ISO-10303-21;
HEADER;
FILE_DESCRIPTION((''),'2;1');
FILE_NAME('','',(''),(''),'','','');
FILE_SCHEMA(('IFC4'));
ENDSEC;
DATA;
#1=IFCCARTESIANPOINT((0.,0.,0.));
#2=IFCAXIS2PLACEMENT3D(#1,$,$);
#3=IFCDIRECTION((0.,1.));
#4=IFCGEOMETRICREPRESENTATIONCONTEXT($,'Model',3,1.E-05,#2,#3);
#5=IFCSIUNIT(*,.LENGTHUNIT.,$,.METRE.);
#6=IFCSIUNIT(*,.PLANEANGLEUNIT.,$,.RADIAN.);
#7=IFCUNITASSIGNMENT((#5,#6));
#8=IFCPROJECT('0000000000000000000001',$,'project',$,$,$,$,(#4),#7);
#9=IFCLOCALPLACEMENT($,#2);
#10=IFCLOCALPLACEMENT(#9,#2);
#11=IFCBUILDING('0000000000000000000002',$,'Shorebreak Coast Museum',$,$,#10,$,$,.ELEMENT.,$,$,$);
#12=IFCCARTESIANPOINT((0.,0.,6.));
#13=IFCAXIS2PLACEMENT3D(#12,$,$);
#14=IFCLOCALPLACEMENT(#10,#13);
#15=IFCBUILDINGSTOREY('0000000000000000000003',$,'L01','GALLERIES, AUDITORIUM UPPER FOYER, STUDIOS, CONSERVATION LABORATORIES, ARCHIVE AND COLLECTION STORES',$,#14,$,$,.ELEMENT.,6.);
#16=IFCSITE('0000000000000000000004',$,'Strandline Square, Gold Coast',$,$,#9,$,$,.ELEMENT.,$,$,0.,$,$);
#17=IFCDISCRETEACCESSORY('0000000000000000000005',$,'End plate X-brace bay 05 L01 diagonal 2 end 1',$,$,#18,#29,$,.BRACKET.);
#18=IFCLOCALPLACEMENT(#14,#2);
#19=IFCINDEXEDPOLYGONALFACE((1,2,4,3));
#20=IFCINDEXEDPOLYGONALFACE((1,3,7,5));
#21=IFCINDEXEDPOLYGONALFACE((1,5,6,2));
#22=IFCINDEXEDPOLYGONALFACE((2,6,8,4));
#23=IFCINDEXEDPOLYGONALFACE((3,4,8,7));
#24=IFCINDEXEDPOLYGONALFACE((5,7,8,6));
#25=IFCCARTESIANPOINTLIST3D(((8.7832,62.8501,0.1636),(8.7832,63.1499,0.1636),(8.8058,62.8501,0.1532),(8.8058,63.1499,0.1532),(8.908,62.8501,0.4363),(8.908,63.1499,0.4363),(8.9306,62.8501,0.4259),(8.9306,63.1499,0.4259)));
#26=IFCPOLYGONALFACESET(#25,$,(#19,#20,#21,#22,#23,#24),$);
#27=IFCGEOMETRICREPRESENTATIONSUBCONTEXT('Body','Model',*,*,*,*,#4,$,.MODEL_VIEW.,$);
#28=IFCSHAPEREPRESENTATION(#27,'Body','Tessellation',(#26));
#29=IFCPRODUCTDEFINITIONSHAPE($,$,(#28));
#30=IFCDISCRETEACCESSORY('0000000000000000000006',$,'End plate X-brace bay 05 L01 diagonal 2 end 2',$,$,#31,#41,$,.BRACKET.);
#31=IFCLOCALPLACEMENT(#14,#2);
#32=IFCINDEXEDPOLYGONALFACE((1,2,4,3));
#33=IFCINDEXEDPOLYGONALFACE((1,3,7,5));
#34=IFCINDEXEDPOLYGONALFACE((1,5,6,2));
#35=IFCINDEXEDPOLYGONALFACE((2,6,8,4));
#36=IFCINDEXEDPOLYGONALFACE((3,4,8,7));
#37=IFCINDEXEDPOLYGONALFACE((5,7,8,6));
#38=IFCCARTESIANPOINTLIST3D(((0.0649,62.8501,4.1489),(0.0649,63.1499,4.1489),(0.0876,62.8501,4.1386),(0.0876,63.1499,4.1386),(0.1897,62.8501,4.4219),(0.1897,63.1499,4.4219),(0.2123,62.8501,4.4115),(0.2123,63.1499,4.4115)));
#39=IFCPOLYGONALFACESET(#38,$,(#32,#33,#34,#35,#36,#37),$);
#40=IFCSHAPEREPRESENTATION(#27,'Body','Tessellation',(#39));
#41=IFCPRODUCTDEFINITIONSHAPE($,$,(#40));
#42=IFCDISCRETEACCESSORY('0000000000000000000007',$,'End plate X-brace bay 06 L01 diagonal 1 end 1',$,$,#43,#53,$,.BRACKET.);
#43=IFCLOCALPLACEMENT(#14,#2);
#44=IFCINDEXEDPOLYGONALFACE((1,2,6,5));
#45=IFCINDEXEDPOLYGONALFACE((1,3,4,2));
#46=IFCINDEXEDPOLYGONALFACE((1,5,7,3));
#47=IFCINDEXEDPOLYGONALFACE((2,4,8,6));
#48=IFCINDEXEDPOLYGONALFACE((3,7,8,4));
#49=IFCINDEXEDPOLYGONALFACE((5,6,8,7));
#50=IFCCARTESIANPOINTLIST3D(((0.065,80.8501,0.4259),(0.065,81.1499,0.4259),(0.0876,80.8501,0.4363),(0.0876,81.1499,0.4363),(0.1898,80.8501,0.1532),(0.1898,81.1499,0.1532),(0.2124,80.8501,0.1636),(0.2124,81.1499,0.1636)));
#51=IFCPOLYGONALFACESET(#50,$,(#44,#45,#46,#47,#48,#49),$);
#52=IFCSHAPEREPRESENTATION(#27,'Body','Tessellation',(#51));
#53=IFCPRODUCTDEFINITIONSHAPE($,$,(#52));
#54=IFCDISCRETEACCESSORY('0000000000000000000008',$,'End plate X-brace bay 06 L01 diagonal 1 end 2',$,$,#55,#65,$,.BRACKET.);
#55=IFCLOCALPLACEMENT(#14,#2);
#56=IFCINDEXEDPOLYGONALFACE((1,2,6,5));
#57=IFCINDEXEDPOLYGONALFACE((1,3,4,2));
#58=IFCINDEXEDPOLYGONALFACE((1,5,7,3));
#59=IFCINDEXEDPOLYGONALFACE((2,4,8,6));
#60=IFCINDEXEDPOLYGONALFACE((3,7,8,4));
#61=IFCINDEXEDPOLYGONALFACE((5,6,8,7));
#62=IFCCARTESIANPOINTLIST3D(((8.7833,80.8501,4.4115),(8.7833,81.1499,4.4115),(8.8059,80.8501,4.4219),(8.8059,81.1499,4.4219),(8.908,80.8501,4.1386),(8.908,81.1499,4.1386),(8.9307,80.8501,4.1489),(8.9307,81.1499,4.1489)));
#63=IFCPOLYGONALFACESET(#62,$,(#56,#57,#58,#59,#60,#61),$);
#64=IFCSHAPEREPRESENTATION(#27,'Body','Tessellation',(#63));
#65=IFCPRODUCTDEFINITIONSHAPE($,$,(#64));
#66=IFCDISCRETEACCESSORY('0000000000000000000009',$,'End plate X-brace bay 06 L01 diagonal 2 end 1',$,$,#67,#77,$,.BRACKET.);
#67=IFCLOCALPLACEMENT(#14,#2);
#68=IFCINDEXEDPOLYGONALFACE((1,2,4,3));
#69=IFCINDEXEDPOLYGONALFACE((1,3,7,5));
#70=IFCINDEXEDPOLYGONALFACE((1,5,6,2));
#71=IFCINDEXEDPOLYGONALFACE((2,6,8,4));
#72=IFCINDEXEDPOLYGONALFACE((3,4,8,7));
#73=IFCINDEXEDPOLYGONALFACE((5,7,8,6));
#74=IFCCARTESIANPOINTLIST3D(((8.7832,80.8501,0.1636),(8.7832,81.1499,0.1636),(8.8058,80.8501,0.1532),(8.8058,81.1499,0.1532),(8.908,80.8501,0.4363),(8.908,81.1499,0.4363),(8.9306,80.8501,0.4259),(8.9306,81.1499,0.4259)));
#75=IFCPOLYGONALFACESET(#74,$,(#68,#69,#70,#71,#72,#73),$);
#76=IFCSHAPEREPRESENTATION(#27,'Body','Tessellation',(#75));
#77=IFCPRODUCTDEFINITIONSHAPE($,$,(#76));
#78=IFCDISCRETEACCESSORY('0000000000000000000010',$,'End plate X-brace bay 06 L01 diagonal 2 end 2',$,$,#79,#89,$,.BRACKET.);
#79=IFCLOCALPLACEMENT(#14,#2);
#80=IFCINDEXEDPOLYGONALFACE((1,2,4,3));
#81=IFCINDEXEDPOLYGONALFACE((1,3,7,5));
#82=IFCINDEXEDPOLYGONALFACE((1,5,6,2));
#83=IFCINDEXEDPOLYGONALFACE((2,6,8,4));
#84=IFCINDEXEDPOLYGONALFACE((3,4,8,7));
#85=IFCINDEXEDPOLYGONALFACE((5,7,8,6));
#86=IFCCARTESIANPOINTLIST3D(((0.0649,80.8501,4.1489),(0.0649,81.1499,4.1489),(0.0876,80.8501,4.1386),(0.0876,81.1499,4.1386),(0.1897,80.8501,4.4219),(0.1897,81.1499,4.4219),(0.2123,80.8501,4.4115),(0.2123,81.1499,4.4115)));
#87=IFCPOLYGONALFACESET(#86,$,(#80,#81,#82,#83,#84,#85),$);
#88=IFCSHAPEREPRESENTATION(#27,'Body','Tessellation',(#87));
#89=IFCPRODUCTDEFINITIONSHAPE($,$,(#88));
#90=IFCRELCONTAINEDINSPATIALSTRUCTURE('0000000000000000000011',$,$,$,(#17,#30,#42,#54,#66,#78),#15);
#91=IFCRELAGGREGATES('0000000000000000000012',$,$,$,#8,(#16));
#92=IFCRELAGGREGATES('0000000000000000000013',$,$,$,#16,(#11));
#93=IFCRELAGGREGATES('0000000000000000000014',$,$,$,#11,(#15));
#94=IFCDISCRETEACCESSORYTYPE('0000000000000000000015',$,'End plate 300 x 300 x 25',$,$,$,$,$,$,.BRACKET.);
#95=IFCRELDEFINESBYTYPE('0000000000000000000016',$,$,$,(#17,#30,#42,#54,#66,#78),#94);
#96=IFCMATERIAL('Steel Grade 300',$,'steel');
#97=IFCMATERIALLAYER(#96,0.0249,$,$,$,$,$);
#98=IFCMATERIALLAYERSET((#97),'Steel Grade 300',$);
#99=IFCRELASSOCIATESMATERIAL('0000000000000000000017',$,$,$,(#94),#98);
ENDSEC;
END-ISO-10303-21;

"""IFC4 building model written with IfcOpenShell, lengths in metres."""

from ifc_helpers import new_model, si_unit, direction, frame, origin, place, context, subcontext, project, spatial, polyline, outline, extrude, material, layer, layer_set, type_object, element, save


model = new_model("IFC4")

# Units and contexts
model_context = context("Model", 3, precision=1e-05, world=origin(), true_north=direction((0.0, 1.0)))
body_context = subcontext(model_context, "Body", "Model", "MODEL_VIEW")
ifc_project = project(units=[si_unit("LENGTHUNIT", "METRE"), si_unit("PLANEANGLEUNIT", "RADIAN")], contexts=[model_context])

# Site, building, storey
site_placement = place(None, origin())
site = spatial("IfcSite", under=ifc_project, at=site_placement, Name="Strandline Square, Gold Coast", CompositionType="ELEMENT", RefElevation=0.0)
building_placement = place(site_placement, origin())
building = spatial("IfcBuilding", under=site, at=building_placement, Name="Shorebreak Coast Museum", CompositionType="ELEMENT")
storey_placement = place(building_placement, frame((0.0, 0.0, 6.0)))
storey = spatial("IfcBuildingStorey", under=building, at=storey_placement, Name="L01", Description="GALLERIES, AUDITORIUM UPPER FOYER, STUDIOS, CONSERVATION LABORATORIES, ARCHIVE AND COLLECTION STORES", CompositionType="ELEMENT", Elevation=6.0)

# Discrete accessories
ifc_material_1 = material(Name="Steel Grade 300", Category="steel")
ifc_layer_1 = layer(ifc_material_1, 0.0249)
ifc_layer_set_1 = layer_set([ifc_layer_1], Name="Steel Grade 300")
discrete_accessory_type = type_object("IfcDiscreteAccessoryType", Name="End plate 300 x 300 x 25", PredefinedType="BRACKET", material=ifc_layer_set_1)
discrete_accessory_1_placement = place(storey_placement, frame((8.7832, 63.1499, 0.1636), z_axis=(-0.90936, 0.0, 0.41601), x_axis=(0.0, -1.0, 0.0)))
element("IfcDiscreteAccessory", 1, at=discrete_accessory_1_placement, inside=storey, type_object=discrete_accessory_type, Name="End plate X-brace bay 05 L01 diagonal 2 end 1", PredefinedType="BRACKET", context=body_context, shape_type="SweptSolid", body=[
    extrude(outline(polyline([(0.0, 0.0), (0.2998, 0.0), (0.2998, 0.2999), (0.0, 0.2999), (0.0, 0.0)])), origin(), (0.0, 0.0, -1.0), 0.0249),
])
discrete_accessory_2_placement = place(storey_placement, frame((0.0649, 63.1499, 4.1489), z_axis=(-0.909501, 0.0, 0.415702), x_axis=(0.0, -1.0, 0.0)))
element("IfcDiscreteAccessory", 2, at=discrete_accessory_2_placement, inside=storey, type_object=discrete_accessory_type, Name="End plate X-brace bay 05 L01 diagonal 2 end 2", PredefinedType="BRACKET", context=body_context, shape_type="SweptSolid", body=[
    extrude(outline(polyline([(0.0, 0.0), (0.2998, 0.0), (0.2998, 0.3001), (0.0, 0.3001), (0.0, 0.0)])), origin(), (0.0, 0.0, -1.0), 0.0249),
])
discrete_accessory_3_placement = place(storey_placement, frame((0.2124, 80.8501, 0.1636), z_axis=(0.90936, 0.0, 0.41601), x_axis=(0.0, 1.0, 0.0)))
element("IfcDiscreteAccessory", 3, at=discrete_accessory_3_placement, inside=storey, type_object=discrete_accessory_type, Name="End plate X-brace bay 06 L01 diagonal 1 end 1", PredefinedType="BRACKET", context=body_context, shape_type="SweptSolid", body=[
    extrude(outline(polyline([(0.0, 0.0), (0.2998, 0.0), (0.2998, 0.2999), (0.0, 0.2999), (0.0, 0.0)])), origin(), (0.0, 0.0, -1.0), 0.0249),
])
discrete_accessory_4_placement = place(storey_placement, frame((8.9307, 80.8501, 4.1489), z_axis=(0.909501, 0.0, 0.415702), x_axis=(0.0, 1.0, 0.0)))
element("IfcDiscreteAccessory", 4, at=discrete_accessory_4_placement, inside=storey, type_object=discrete_accessory_type, Name="End plate X-brace bay 06 L01 diagonal 1 end 2", PredefinedType="BRACKET", context=body_context, shape_type="SweptSolid", body=[
    extrude(outline(polyline([(0.0, 0.0), (0.2998, 0.0), (0.2998, 0.3001), (0.0, 0.3001), (0.0, 0.0)])), origin(), (0.0, 0.0, -1.0), 0.0249),
])
discrete_accessory_5_placement = place(storey_placement, frame((8.7832, 81.1499, 0.1636), z_axis=(-0.90936, 0.0, 0.41601), x_axis=(0.0, -1.0, 0.0)))
element("IfcDiscreteAccessory", 5, at=discrete_accessory_5_placement, inside=storey, type_object=discrete_accessory_type, Name="End plate X-brace bay 06 L01 diagonal 2 end 1", PredefinedType="BRACKET", context=body_context, shape_type="SweptSolid", body=[
    extrude(outline(polyline([(0.0, 0.0), (0.2998, 0.0), (0.2998, 0.2999), (0.0, 0.2999), (0.0, 0.0)])), origin(), (0.0, 0.0, -1.0), 0.0249),
])
discrete_accessory_6_placement = place(storey_placement, frame((0.0649, 81.1499, 4.1489), z_axis=(-0.909501, 0.0, 0.415702), x_axis=(0.0, -1.0, 0.0)))
element("IfcDiscreteAccessory", 6, at=discrete_accessory_6_placement, inside=storey, type_object=discrete_accessory_type, Name="End plate X-brace bay 06 L01 diagonal 2 end 2", PredefinedType="BRACKET", context=body_context, shape_type="SweptSolid", body=[
    extrude(outline(polyline([(0.0, 0.0), (0.2998, 0.0), (0.2998, 0.3001), (0.0, 0.3001), (0.0, 0.0)])), origin(), (0.0, 0.0, -1.0), 0.0249),
])

save(model, "model.ifc")
